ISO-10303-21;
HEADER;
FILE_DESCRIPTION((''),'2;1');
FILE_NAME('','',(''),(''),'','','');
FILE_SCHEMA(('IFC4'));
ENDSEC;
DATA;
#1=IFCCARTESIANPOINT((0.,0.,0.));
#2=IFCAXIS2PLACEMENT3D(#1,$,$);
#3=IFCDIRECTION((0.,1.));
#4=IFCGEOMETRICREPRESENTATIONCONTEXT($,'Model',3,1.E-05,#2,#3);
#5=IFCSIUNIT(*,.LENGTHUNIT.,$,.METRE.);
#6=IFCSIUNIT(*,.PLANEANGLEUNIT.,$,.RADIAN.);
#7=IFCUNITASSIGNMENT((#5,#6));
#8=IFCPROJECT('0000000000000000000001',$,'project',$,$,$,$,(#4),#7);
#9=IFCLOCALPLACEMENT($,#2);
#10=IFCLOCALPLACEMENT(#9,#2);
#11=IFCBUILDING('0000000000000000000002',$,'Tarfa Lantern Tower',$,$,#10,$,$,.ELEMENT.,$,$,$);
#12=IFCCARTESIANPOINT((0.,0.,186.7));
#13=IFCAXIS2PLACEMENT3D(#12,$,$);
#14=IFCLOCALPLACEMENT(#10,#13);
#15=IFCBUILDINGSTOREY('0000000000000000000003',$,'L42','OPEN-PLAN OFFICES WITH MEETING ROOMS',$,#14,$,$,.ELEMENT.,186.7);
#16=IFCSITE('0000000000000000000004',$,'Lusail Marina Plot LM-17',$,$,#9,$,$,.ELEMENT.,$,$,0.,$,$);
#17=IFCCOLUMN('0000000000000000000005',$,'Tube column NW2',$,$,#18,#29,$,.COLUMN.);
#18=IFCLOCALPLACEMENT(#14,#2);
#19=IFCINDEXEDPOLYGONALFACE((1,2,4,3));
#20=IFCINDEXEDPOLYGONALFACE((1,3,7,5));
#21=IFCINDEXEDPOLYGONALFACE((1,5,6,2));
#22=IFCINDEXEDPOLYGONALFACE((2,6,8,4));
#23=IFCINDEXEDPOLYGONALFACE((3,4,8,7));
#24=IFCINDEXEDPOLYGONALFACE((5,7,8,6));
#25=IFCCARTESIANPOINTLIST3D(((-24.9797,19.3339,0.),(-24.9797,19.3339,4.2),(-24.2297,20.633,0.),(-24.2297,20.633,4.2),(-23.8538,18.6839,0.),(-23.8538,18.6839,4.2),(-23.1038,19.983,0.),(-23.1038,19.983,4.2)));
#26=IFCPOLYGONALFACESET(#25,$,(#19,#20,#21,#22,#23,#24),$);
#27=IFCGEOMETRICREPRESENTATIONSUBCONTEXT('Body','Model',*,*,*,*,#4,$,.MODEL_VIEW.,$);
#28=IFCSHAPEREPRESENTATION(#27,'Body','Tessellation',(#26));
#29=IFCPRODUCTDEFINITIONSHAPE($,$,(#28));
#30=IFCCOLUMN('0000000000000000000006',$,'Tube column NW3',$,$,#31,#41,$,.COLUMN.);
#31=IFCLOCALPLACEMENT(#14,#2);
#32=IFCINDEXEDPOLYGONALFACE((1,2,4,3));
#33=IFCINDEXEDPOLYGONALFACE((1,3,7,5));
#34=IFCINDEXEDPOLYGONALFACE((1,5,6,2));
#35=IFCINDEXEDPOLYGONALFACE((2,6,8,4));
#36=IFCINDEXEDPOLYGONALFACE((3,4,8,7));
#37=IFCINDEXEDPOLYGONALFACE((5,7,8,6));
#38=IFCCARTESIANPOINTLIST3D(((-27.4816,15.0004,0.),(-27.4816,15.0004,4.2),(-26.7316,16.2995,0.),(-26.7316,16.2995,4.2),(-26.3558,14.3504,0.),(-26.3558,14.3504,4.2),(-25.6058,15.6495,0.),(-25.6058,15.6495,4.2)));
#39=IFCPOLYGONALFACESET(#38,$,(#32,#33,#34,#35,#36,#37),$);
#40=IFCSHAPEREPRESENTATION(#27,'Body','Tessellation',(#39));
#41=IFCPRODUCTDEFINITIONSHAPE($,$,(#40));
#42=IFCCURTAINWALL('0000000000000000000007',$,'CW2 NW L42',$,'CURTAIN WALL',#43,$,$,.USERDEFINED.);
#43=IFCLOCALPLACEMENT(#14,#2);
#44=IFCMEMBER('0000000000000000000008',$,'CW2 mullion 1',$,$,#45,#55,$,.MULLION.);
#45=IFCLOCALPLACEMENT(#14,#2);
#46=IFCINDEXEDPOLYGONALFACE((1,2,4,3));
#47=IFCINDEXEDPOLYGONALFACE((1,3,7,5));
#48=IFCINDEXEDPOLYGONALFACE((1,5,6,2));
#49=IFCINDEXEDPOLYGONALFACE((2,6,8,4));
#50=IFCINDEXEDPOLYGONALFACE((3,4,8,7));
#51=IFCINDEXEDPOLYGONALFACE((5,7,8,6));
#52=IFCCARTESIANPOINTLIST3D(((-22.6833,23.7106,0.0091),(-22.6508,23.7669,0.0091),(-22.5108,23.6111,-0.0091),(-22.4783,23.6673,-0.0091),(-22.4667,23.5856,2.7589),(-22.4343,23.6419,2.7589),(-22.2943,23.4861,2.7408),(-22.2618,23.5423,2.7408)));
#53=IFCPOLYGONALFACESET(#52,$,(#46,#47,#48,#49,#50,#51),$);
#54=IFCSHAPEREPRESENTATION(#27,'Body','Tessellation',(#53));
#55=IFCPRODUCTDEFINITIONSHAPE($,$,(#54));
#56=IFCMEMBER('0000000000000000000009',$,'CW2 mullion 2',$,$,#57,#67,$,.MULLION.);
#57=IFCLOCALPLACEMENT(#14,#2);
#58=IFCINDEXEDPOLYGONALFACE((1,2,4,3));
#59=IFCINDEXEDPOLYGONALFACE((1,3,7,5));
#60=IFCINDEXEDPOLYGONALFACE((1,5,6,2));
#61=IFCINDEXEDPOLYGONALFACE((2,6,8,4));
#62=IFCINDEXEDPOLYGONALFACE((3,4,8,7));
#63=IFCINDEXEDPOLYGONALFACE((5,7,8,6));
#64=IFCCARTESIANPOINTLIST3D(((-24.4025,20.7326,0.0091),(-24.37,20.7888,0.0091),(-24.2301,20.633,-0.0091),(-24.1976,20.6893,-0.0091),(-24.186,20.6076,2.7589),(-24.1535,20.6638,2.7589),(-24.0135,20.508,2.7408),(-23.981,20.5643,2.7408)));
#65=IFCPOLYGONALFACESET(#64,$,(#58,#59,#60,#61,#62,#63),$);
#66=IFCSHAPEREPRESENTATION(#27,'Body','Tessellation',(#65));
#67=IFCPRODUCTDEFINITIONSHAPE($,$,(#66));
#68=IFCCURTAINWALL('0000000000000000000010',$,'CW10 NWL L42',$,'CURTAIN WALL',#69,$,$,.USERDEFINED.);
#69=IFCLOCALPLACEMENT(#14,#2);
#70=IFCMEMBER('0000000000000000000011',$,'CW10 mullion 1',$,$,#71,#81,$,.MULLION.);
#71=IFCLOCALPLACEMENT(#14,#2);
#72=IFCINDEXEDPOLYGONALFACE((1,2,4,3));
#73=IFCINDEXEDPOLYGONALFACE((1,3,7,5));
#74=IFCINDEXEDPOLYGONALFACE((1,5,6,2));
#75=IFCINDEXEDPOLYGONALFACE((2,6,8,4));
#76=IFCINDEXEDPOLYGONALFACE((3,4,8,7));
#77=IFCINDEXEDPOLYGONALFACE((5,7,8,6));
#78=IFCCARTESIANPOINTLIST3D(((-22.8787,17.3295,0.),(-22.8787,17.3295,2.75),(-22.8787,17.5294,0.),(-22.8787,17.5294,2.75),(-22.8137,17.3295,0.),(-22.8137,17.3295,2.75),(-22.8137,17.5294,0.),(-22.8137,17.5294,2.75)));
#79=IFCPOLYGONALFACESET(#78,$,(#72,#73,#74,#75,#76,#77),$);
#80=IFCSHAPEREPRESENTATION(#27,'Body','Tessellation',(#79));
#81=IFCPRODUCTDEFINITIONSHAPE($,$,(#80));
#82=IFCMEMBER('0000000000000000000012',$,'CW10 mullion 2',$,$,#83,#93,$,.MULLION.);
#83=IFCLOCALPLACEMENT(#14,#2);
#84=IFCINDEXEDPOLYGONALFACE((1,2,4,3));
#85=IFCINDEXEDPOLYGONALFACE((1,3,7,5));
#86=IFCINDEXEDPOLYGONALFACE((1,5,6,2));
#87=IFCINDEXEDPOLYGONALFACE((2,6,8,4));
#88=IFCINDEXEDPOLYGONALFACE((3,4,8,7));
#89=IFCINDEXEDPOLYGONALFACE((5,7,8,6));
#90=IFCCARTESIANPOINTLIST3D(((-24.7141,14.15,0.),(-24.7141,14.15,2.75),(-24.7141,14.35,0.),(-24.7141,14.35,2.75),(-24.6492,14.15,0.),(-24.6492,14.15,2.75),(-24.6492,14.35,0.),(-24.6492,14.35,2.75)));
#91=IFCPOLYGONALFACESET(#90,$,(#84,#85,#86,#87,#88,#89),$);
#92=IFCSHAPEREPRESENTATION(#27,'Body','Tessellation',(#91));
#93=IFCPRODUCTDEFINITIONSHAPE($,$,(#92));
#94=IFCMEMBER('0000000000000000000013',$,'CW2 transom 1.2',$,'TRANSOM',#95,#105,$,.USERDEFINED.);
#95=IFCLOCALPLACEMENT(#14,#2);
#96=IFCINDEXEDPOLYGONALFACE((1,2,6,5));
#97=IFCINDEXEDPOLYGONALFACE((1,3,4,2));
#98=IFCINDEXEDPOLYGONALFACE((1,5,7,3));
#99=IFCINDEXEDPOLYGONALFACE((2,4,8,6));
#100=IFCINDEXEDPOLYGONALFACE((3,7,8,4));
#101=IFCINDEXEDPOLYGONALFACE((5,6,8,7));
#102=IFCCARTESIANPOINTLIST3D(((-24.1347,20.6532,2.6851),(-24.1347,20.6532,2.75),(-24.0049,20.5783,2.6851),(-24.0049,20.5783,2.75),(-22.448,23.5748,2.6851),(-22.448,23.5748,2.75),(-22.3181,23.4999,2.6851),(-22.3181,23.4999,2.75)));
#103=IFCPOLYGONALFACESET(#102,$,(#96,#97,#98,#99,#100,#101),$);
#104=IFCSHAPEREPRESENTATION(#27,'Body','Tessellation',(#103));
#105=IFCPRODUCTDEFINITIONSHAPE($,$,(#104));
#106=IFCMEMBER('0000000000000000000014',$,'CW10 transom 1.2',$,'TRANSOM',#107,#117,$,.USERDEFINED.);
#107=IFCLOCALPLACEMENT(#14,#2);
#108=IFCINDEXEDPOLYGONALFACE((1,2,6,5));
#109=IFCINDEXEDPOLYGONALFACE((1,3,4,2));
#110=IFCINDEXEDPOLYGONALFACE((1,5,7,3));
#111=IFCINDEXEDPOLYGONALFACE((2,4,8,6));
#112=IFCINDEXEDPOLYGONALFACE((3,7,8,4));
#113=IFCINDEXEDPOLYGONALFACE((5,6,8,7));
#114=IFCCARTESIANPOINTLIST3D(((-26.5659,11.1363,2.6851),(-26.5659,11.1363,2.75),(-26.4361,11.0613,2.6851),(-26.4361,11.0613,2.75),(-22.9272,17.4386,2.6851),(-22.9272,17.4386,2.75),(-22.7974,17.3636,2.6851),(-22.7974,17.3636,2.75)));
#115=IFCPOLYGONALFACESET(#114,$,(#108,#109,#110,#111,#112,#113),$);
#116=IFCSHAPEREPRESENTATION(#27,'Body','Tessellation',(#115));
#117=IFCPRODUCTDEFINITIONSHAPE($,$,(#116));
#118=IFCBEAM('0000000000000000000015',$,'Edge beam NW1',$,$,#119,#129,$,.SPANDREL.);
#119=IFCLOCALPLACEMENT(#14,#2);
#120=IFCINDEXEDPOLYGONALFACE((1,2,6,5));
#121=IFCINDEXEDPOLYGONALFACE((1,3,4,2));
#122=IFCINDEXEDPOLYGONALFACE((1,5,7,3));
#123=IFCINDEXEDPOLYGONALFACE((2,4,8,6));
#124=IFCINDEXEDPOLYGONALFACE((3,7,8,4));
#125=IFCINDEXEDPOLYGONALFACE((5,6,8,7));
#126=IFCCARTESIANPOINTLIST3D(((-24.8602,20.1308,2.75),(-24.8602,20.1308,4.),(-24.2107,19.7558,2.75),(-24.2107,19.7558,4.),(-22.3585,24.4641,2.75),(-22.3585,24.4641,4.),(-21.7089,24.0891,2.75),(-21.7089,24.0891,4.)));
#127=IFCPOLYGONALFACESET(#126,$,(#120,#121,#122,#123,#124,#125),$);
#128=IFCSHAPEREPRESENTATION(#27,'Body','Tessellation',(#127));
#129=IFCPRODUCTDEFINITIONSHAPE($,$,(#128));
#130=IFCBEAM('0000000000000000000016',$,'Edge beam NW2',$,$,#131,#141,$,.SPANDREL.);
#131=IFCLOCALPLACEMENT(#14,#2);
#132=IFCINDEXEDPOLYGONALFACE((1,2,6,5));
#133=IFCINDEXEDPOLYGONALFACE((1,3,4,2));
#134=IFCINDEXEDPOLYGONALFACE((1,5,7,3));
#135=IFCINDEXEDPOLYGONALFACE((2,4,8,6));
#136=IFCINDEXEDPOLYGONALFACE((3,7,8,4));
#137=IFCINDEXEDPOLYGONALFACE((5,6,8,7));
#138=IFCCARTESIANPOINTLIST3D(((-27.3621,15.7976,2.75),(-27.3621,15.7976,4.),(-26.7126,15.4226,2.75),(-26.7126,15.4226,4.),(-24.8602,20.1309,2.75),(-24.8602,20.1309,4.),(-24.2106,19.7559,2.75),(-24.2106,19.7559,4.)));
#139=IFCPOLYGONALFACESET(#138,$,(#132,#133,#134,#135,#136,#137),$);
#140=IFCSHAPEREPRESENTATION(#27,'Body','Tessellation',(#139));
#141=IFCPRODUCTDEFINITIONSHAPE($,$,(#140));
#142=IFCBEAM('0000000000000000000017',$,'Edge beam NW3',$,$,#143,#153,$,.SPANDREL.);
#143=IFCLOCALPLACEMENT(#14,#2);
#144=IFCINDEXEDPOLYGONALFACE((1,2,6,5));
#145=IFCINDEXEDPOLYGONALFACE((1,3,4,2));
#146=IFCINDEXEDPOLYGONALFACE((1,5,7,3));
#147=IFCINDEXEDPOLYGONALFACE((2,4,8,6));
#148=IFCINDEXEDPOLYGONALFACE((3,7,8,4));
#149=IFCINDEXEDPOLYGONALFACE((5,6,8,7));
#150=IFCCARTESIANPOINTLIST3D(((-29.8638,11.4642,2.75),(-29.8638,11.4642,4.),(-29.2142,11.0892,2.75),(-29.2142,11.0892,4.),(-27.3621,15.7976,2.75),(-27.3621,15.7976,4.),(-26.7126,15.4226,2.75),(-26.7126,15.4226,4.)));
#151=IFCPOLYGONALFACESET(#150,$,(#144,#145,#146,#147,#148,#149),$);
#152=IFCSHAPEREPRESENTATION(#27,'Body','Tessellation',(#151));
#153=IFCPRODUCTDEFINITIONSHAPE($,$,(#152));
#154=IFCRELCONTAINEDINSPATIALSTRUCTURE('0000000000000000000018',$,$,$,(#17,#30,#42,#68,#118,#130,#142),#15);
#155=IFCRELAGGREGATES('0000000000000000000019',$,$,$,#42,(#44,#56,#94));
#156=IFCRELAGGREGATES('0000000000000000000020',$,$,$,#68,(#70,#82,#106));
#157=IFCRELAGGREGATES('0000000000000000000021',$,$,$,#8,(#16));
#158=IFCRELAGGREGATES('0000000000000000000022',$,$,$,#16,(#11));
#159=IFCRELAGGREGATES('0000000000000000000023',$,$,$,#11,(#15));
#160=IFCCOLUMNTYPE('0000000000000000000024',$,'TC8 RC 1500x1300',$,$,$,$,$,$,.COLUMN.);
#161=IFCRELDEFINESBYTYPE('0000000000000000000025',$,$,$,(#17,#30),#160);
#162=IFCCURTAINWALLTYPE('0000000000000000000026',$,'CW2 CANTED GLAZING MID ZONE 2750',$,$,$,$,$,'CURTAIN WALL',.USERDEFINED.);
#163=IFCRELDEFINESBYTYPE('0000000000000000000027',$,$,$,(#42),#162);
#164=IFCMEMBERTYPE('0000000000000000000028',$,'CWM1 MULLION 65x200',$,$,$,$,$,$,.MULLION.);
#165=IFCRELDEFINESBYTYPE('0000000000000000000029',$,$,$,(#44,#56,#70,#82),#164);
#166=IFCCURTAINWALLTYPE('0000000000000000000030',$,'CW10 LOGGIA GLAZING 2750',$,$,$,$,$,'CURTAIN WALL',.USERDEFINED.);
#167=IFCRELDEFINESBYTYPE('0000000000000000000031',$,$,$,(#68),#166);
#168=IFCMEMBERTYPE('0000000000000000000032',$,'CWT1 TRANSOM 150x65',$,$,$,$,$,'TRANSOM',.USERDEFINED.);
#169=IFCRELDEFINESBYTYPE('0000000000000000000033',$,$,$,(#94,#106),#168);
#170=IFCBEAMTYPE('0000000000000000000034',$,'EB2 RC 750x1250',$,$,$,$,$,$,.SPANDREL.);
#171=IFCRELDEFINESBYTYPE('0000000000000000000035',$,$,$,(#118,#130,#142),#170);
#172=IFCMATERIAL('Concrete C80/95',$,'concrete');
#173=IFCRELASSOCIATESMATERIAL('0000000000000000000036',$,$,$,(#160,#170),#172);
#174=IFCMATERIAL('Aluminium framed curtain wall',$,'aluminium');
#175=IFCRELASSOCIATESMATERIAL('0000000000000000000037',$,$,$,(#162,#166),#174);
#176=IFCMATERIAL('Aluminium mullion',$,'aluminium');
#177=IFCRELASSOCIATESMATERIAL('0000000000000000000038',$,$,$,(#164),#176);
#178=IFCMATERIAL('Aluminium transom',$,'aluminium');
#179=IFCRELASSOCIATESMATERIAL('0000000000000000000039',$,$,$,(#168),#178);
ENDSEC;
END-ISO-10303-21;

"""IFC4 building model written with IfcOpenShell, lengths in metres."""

from ifc_helpers import new_model, si_unit, direction, frame, origin, origin_2d, place, context, subcontext, project, spatial, rectangle, extrude, material, material_profile, profile_set, type_object, element, aggregate, save


model = new_model("IFC4")

# Units and contexts
model_context = context("Model", 3, precision=1e-05, world=origin(), true_north=direction((0.0, 1.0)))
body_context = subcontext(model_context, "Body", "Model", "MODEL_VIEW")
ifc_project = project(units=[si_unit("LENGTHUNIT", "METRE"), si_unit("PLANEANGLEUNIT", "RADIAN")], contexts=[model_context])

# Site, building, storey
site_placement = place(None, origin())
site = spatial("IfcSite", under=ifc_project, at=site_placement, Name="Lusail Marina Plot LM-17", CompositionType="ELEMENT", RefElevation=0.0)
building_placement = place(site_placement, origin())
building = spatial("IfcBuilding", under=site, at=building_placement, Name="Tarfa Lantern Tower", CompositionType="ELEMENT")
storey_placement = place(building_placement, frame((0.0, 0.0, 186.7)))
storey = spatial("IfcBuildingStorey", under=building, at=storey_placement, Name="L42", Description="OPEN-PLAN OFFICES WITH MEETING ROOMS", CompositionType="ELEMENT", Elevation=186.7)

# Columns
ifc_material_1 = material(Name="Concrete C80/95", Category="concrete")
ifc_material_profile_1 = material_profile(ifc_material_1, rectangle(XDim=1.5, YDim=1.3, at=origin_2d()), Name="RC 1500x1300")
ifc_profile_set_1 = profile_set([ifc_material_profile_1], Name="Concrete C80/95")
column_type = type_object("IfcColumnType", Name="TC8 RC 1500x1300", PredefinedType="COLUMN", material=ifc_profile_set_1)
for number, where, z_axis, x_axis, name in (
    (1, (-24.0417, 19.6584, 0.0), (0.0, 0.0, 1.0), (-0.5, -0.866025, 0.0), "Tube column NW2"),
    (2, (-26.5437, 15.325, 0.0), (0.0, 0.0, 1.0), (-0.5, -0.866025, 0.0), "Tube column NW3"),
):
    element("IfcColumn", number, at=place(storey_placement, frame(where, z_axis=z_axis, x_axis=x_axis)), inside=storey, type_object=column_type, Name=name, PredefinedType="COLUMN", context=body_context, shape_type="SweptSolid", body=[
        extrude(rectangle(XDim=1.5, YDim=1.3, at=origin_2d()), origin(), (0.0, 0.0, 1.0), 4.2),
    ])

# Curtain walls, members
ifc_material_2 = material(Name="Aluminium framed curtain wall", Category="aluminium")
curtain_wall_type_1 = type_object("IfcCurtainWallType", Name="CW2 CANTED GLAZING MID ZONE 2750", ElementType="CURTAIN WALL", PredefinedType="USERDEFINED", material=ifc_material_2)
curtain_wall_1_placement = place(storey_placement, origin())
curtain_wall_1 = element("IfcCurtainWall", 3, at=curtain_wall_1_placement, inside=storey, type_object=curtain_wall_type_1, Name="CW2 NW L42", ObjectType="CURTAIN WALL", PredefinedType="USERDEFINED")
ifc_material_3 = material(Name="Aluminium mullion", Category="aluminium")
ifc_material_profile_2 = material_profile(ifc_material_3, rectangle(XDim=0.0649, YDim=0.2, at=origin_2d()), Name="AL MULLION 65x200")
ifc_profile_set_2 = profile_set([ifc_material_profile_2], Name="Aluminium mullion")
member_type_1 = type_object("IfcMemberType", Name="CWM1 MULLION 65x200", PredefinedType="MULLION", material=ifc_profile_set_2)
member_1_placement = place(storey_placement, frame((-22.5808, 23.689, 0.0), z_axis=(0.078423, -0.045268, 0.995892), x_axis=(0.49992, 0.866072, 0.0)))
member_1 = element("IfcMember", 4, at=member_1_placement, type_object=member_type_1, Name="CW2 mullion 1", PredefinedType="MULLION", context=body_context, shape_type="SweptSolid", body=[
    extrude(rectangle(XDim=0.0649, YDim=0.2, at=origin_2d()), origin(), (0.0, 0.0, 1.0), 2.7612),
])
member_2_placement = place(storey_placement, frame((-24.3, 20.7109, 0.0), z_axis=(0.078423, -0.045268, 0.995892), x_axis=(0.49992, 0.866072, 0.0)))
member_2 = element("IfcMember", 5, at=member_2_placement, type_object=member_type_1, Name="CW2 mullion 2", PredefinedType="MULLION", context=body_context, shape_type="SweptSolid", body=[
    extrude(rectangle(XDim=0.0649, YDim=0.2, at=origin_2d()), origin(), (0.0, 0.0, 1.0), 2.7612),
])
curtain_wall_type_2 = type_object("IfcCurtainWallType", Name="CW10 LOGGIA GLAZING 2750", ElementType="CURTAIN WALL", PredefinedType="USERDEFINED", material=ifc_material_2)
curtain_wall_2_placement = place(storey_placement, origin())
curtain_wall_2 = element("IfcCurtainWall", 6, at=curtain_wall_2_placement, inside=storey, type_object=curtain_wall_type_2, Name="CW10 NWL L42", ObjectType="CURTAIN WALL", PredefinedType="USERDEFINED")
member_3_placement = place(storey_placement, frame((-22.8462, 17.4294, 0.0), z_axis=(0.0, 0.0, 1.0), x_axis=(1.0, 0.0, 0.0)))
member_3 = element("IfcMember", 7, at=member_3_placement, type_object=member_type_1, Name="CW10 mullion 1", PredefinedType="MULLION", context=body_context, shape_type="SweptSolid", body=[
    extrude(rectangle(XDim=0.0649, YDim=0.2, at=origin_2d()), origin(), (0.0, 0.0, 1.0), 2.75),
])
member_4_placement = place(storey_placement, frame((-24.6816, 14.25, 0.0), z_axis=(0.0, 0.0, 1.0), x_axis=(1.0, 0.0, 0.0)))
member_4 = element("IfcMember", 8, at=member_4_placement, type_object=member_type_1, Name="CW10 mullion 2", PredefinedType="MULLION", context=body_context, shape_type="SweptSolid", body=[
    extrude(rectangle(XDim=0.0649, YDim=0.2, at=origin_2d()), origin(), (0.0, 0.0, 1.0), 2.75),
])

# Members
ifc_material_4 = material(Name="Aluminium transom", Category="aluminium")
ifc_material_profile_3 = material_profile(ifc_material_4, rectangle(XDim=0.1499, YDim=0.0649, at=origin_2d()), Name="AL TRANSOM 150x65")
ifc_profile_set_3 = profile_set([ifc_material_profile_3], Name="Aluminium transom")
member_type_2 = type_object("IfcMemberType", Name="CWT1 TRANSOM 150x65", ElementType="TRANSOM", PredefinedType="USERDEFINED", material=ifc_profile_set_3)
member_5_placement = place(storey_placement, frame((-22.3831, 23.5374, 2.7175), z_axis=(-0.499992, -0.86603, 0.0), x_axis=(0.86603, -0.499992, 0.0)))
member_5 = element("IfcMember", 9, at=member_5_placement, type_object=member_type_2, Name="CW2 transom 1.2", ObjectType="TRANSOM", PredefinedType="USERDEFINED", context=body_context, shape_type="SweptSolid", body=[
    extrude(rectangle(XDim=0.1499, YDim=0.0649, at=origin_2d()), origin(), (0.0, 0.0, 1.0), 3.3735),
])
member_6_placement = place(storey_placement, frame((-22.8623, 17.4011, 2.7175), z_axis=(-0.500007, -0.866021, 0.0), x_axis=(0.866021, -0.500007, 0.0)))
member_6 = element("IfcMember", 10, at=member_6_placement, type_object=member_type_2, Name="CW10 transom 1.2", ObjectType="TRANSOM", PredefinedType="USERDEFINED", context=body_context, shape_type="SweptSolid", body=[
    extrude(rectangle(XDim=0.1499, YDim=0.0649, at=origin_2d()), origin(), (0.0, 0.0, 1.0), 7.2773),
])

# Beams
ifc_material_profile_4 = material_profile(ifc_material_1, rectangle(XDim=0.75, YDim=1.25, at=origin_2d()), Name="RC 750x1250")
ifc_profile_set_4 = profile_set([ifc_material_profile_4], Name="Concrete C80/95")
beam_type_1 = type_object("IfcBeamType", Name="EB2 RC 750x1250", PredefinedType="SPANDREL", material=ifc_profile_set_4)
for number, where, z_axis, x_axis, name in (
    (11, (-22.0337, 24.2766, 3.375), (-0.499986, -0.866034, 0.0), (0.866034, -0.499986, 0.0), "Edge beam NW1"),
    (12, (-24.5354, 19.9434, 3.375), (-0.500022, -0.866013, 0.0), (0.866013, -0.500022, 0.0), "Edge beam NW2"),
    (13, (-27.0374, 15.6101, 3.375), (-0.499965, -0.866046, 0.0), (0.866046, -0.499965, 0.0), "Edge beam NW3"),
):
    element("IfcBeam", number, at=place(storey_placement, frame(where, z_axis=z_axis, x_axis=x_axis)), inside=storey, type_object=beam_type_1, Name=name, PredefinedType="SPANDREL", context=body_context, shape_type="SweptSolid", body=[
        extrude(rectangle(XDim=0.75, YDim=1.25, at=origin_2d()), origin(), (0.0, 0.0, 1.0), 5.0037),
    ])

aggregate(curtain_wall_1, [member_1, member_2, member_5])
aggregate(curtain_wall_2, [member_3, member_4, member_6])

save(model, "model.ifc")
